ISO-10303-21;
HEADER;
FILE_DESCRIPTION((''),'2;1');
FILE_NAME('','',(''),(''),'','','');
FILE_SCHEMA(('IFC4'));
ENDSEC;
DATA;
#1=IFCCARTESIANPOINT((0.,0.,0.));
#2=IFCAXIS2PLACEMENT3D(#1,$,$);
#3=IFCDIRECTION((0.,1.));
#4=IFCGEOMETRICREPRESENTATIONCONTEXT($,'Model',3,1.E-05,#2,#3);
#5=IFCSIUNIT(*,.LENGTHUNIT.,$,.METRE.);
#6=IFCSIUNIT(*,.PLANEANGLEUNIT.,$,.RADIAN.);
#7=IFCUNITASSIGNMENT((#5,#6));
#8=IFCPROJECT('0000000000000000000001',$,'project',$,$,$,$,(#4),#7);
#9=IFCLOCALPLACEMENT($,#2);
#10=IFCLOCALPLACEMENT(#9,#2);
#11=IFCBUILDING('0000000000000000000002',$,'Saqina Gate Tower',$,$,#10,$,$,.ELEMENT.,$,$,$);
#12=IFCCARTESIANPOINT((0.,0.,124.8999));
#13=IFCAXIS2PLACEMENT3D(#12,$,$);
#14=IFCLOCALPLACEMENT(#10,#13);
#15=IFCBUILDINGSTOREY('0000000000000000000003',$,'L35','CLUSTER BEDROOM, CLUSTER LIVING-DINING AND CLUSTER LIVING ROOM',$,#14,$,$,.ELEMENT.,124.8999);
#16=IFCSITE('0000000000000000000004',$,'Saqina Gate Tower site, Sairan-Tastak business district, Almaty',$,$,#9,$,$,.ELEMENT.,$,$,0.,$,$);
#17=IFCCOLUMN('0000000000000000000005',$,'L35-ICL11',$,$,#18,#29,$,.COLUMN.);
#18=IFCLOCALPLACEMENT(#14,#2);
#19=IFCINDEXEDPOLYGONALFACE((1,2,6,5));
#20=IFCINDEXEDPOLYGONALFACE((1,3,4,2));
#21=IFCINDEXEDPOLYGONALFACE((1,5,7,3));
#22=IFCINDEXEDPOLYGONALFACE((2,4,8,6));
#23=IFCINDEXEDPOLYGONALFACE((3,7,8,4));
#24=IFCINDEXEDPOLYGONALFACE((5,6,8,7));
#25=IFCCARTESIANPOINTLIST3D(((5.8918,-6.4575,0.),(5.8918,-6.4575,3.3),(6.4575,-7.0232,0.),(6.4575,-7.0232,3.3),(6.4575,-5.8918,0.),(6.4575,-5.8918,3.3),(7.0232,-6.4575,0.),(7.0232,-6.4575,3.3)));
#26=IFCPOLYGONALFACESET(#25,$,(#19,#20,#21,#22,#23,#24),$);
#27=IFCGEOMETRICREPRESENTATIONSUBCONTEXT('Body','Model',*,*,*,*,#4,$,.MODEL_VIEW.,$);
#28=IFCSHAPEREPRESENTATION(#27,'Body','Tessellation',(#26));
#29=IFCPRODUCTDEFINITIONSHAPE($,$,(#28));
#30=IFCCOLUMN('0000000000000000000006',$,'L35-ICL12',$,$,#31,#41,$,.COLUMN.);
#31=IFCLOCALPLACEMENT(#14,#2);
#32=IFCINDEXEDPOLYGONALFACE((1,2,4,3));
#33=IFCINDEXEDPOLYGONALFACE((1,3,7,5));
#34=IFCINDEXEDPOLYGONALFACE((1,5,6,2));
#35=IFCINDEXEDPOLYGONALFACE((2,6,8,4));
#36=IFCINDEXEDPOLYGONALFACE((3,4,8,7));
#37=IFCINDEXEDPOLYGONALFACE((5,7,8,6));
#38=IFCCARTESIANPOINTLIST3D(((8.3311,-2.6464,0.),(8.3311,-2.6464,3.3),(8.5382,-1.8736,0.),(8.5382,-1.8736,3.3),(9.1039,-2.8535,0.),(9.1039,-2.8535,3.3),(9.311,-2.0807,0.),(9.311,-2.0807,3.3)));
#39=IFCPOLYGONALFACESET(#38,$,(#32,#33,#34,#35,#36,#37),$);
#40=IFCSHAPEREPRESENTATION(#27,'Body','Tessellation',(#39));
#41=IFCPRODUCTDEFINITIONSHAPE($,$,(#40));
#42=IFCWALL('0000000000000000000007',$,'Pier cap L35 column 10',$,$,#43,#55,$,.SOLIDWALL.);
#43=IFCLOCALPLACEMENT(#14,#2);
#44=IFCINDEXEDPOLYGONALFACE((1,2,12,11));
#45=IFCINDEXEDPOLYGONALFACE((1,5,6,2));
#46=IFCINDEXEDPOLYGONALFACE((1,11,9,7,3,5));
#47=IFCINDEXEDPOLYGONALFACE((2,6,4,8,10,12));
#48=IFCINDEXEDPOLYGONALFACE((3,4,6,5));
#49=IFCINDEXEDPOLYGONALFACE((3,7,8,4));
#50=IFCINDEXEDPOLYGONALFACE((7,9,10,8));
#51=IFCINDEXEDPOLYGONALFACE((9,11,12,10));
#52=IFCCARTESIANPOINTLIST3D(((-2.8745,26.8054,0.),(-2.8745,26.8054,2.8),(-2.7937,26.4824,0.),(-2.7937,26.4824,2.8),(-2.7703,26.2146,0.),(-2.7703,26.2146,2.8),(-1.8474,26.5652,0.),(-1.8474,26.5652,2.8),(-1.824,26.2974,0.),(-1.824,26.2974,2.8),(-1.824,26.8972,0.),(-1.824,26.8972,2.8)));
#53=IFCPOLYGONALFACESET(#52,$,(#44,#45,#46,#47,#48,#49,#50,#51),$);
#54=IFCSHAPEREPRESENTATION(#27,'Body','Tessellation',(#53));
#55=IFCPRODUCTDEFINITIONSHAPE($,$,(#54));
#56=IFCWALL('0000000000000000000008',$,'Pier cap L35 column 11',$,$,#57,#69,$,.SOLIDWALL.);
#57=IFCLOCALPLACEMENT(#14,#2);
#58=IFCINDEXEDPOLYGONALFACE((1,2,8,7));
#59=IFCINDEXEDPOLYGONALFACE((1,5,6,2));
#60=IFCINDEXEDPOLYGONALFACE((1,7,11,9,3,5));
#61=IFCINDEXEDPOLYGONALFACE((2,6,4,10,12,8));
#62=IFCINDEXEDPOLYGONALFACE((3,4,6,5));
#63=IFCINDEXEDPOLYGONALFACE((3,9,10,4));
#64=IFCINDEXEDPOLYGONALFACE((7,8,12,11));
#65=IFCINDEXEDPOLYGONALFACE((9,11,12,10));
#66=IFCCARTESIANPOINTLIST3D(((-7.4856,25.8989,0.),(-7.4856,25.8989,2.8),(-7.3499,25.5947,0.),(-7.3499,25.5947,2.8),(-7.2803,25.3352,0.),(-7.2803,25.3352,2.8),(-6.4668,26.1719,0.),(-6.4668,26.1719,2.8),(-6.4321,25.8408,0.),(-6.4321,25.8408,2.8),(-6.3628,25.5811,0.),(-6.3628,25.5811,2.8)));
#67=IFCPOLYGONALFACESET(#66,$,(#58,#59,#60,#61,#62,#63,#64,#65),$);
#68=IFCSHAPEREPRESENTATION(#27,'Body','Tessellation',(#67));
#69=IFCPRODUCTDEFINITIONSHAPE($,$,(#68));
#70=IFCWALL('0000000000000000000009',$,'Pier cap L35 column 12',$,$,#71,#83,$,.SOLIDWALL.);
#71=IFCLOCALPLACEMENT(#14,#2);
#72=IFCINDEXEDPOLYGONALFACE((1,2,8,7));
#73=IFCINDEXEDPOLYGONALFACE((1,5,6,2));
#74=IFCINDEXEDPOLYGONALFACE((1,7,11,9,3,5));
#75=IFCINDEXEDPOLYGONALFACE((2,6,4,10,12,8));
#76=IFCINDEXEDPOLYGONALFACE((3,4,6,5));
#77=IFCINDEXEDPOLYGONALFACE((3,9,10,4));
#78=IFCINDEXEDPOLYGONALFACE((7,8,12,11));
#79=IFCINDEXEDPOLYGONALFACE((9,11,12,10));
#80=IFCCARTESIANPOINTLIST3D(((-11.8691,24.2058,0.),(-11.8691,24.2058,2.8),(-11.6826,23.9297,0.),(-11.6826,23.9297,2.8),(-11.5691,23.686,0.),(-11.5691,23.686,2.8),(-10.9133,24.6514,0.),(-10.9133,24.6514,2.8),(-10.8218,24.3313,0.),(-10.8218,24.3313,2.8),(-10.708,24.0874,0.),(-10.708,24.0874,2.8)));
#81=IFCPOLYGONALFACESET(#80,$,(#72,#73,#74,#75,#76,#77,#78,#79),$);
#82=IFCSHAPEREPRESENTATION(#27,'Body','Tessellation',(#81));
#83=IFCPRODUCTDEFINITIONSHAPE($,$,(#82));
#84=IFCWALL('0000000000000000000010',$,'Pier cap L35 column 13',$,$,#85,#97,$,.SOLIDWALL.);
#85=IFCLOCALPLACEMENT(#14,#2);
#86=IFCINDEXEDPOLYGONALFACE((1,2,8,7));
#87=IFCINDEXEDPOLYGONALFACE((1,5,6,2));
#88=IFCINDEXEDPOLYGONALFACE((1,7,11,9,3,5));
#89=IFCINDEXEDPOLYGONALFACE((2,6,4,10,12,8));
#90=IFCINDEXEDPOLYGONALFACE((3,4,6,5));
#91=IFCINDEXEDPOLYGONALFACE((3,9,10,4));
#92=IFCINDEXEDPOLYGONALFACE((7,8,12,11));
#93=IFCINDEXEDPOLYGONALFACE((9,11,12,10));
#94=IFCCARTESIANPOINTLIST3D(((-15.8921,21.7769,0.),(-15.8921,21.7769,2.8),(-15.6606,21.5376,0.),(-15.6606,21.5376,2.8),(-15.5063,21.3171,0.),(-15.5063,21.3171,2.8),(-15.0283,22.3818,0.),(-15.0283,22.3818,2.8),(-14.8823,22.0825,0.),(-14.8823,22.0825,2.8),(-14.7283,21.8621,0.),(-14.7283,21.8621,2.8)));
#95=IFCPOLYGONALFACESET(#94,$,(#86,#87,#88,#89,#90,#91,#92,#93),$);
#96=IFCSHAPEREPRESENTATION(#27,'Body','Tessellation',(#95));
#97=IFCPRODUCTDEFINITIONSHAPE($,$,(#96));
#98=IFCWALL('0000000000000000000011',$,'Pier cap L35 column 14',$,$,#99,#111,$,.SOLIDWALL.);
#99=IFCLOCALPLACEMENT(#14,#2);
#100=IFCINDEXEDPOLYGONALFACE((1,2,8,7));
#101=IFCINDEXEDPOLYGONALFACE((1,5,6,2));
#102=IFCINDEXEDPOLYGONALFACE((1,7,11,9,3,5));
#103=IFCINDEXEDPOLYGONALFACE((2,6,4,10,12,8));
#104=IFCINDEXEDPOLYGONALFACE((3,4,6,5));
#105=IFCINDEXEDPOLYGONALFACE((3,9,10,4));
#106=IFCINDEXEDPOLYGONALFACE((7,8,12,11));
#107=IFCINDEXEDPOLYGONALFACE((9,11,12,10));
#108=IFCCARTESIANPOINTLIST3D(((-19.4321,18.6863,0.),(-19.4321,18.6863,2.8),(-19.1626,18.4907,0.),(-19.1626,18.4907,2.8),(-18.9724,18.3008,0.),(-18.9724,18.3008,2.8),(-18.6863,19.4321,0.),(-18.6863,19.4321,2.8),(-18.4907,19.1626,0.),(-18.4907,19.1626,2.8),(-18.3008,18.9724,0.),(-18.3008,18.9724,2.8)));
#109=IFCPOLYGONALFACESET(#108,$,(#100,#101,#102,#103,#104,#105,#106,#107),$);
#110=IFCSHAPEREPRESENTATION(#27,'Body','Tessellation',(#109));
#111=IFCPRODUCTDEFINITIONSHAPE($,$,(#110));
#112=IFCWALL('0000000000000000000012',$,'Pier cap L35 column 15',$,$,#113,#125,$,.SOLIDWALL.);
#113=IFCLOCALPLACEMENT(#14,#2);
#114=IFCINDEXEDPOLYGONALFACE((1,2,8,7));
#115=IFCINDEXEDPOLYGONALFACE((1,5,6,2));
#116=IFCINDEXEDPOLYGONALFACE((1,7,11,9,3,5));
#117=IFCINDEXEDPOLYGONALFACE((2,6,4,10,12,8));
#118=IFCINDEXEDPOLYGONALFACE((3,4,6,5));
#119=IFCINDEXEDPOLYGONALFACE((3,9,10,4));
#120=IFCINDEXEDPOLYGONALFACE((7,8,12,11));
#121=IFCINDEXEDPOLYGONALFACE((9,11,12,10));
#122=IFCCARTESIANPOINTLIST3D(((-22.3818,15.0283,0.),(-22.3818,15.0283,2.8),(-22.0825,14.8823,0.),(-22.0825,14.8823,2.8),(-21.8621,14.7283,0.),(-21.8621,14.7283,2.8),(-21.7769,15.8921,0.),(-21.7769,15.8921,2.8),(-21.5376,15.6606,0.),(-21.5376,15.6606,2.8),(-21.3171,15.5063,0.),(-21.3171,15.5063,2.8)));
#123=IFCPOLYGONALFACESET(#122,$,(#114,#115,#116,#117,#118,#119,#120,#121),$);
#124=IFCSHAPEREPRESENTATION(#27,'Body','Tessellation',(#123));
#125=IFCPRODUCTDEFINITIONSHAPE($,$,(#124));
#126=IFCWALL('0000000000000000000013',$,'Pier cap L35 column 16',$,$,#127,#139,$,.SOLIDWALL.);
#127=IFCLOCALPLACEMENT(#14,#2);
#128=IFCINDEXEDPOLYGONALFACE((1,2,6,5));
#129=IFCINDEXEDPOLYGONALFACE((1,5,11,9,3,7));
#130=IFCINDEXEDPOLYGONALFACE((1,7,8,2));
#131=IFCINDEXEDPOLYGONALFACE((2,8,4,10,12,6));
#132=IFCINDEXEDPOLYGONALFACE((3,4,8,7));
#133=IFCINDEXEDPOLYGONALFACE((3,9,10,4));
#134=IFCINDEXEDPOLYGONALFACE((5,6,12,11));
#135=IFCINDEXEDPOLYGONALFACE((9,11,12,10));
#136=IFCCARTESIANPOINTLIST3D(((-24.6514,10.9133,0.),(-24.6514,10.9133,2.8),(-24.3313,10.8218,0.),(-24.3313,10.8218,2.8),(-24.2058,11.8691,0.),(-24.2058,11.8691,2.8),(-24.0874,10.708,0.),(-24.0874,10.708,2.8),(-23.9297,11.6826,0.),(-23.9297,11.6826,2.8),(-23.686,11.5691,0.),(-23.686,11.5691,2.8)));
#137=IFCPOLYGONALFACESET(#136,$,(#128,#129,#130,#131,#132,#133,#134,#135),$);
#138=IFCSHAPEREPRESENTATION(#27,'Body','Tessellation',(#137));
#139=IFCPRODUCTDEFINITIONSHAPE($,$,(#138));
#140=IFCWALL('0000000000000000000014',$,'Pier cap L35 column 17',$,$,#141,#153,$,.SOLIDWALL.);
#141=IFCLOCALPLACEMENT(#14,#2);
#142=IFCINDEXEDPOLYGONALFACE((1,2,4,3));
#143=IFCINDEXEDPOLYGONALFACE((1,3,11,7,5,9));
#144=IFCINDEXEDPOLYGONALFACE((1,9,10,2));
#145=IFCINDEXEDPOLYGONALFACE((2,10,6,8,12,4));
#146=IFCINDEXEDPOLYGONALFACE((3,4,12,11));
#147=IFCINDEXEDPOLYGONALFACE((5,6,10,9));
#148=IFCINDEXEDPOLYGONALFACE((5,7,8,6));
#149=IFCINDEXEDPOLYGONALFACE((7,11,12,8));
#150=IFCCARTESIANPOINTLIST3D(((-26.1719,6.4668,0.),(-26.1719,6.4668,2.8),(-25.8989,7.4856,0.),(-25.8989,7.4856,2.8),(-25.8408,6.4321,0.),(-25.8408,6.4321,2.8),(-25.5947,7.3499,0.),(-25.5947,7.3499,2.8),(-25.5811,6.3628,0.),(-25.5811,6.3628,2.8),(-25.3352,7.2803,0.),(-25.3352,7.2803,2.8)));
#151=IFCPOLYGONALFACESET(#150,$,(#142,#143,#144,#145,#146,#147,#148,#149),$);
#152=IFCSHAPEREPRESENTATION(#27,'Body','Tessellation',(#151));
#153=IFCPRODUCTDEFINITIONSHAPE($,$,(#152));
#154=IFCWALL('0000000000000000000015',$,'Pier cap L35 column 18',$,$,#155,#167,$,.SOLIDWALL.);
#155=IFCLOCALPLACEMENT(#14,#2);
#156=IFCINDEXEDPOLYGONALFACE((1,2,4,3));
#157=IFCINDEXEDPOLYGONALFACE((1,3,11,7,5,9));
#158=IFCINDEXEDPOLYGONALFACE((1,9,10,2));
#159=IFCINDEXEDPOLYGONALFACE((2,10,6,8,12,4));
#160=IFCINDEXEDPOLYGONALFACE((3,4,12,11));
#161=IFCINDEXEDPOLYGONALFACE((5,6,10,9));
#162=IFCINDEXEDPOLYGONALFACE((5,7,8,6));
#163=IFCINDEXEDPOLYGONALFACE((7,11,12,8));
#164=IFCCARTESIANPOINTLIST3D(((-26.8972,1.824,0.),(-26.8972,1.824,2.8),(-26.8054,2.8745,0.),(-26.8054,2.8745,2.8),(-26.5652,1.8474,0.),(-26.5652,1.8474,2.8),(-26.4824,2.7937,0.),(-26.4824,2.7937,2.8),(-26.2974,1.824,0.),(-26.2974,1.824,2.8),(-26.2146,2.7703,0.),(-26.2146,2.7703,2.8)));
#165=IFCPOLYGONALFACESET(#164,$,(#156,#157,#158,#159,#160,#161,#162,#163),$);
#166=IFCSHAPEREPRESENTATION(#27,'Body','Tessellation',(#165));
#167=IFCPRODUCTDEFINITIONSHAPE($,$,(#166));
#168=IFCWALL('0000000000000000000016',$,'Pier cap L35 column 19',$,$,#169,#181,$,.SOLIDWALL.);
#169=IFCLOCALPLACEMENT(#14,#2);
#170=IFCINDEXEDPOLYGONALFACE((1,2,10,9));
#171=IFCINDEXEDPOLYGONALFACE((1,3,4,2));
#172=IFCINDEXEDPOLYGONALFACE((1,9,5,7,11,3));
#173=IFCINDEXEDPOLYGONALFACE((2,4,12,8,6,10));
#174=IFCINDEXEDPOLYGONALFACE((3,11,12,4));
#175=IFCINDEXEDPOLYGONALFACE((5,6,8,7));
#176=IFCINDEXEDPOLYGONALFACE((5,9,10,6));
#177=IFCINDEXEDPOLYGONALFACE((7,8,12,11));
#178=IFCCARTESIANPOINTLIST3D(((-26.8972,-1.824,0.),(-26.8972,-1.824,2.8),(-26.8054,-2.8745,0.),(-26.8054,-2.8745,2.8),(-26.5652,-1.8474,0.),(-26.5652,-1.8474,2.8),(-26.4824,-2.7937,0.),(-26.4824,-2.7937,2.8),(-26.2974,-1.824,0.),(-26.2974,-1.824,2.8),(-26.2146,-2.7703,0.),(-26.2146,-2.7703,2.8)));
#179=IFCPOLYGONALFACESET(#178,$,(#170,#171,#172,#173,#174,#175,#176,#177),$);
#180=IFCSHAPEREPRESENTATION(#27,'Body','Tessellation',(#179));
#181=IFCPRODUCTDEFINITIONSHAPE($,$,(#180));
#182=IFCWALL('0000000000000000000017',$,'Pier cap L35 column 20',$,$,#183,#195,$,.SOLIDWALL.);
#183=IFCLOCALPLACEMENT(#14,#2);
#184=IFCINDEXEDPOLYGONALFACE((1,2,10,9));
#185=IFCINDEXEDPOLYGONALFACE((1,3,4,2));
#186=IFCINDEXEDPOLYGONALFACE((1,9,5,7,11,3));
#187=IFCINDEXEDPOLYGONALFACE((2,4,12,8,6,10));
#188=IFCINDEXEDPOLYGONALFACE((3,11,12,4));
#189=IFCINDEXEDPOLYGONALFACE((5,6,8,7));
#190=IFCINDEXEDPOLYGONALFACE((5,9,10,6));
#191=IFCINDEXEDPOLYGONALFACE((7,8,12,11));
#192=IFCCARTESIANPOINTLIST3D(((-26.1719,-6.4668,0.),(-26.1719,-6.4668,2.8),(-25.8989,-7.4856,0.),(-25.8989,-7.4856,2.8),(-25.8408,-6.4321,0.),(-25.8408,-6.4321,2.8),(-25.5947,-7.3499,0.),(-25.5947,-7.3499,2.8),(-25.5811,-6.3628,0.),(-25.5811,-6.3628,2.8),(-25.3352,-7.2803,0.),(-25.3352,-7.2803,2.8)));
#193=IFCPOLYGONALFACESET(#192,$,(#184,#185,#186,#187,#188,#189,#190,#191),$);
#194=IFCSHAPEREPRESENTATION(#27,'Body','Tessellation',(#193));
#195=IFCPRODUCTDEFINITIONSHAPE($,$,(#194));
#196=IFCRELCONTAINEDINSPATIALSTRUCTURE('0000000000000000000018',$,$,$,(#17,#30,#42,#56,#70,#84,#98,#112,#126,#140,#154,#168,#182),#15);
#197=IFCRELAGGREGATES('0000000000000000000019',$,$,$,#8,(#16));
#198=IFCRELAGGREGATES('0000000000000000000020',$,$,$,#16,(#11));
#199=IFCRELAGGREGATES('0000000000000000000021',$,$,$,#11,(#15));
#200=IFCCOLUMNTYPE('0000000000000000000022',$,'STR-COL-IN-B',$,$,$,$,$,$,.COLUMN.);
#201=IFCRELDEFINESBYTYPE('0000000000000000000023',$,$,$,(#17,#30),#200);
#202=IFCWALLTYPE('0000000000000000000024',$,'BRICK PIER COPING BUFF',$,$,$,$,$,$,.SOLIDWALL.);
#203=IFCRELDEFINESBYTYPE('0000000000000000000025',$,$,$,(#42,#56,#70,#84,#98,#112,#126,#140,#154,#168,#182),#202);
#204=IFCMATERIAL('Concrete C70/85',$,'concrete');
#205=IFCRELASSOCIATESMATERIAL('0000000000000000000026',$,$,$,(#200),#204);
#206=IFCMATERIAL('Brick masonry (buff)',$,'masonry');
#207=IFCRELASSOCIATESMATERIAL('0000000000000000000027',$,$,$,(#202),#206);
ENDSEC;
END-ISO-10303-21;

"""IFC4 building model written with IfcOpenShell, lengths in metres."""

from ifc_helpers import new_model, si_unit, direction, frame, origin, origin_2d, place, context, subcontext, project, spatial, polyline, rectangle, outline, extrude, material, material_profile, profile_set, type_object, element, save


model = new_model("IFC4")

# Units and contexts
model_context = context("Model", 3, precision=1e-05, world=origin(), true_north=direction((0.0, 1.0)))
body_context = subcontext(model_context, "Body", "Model", "MODEL_VIEW")
ifc_project = project(units=[si_unit("LENGTHUNIT", "METRE"), si_unit("PLANEANGLEUNIT", "RADIAN")], contexts=[model_context])

# Site, building, storey
site_placement = place(None, origin())
site = spatial("IfcSite", under=ifc_project, at=site_placement, Name="Saqina Gate Tower site, Sairan-Tastak business district, Almaty", CompositionType="ELEMENT", RefElevation=0.0)
building_placement = place(site_placement, origin())
building = spatial("IfcBuilding", under=site, at=building_placement, Name="Saqina Gate Tower", CompositionType="ELEMENT")
storey_placement = place(building_placement, frame((0.0, 0.0, 124.8999)))
storey = spatial("IfcBuildingStorey", under=building, at=storey_placement, Name="L35", Description="CLUSTER BEDROOM, CLUSTER LIVING-DINING AND CLUSTER LIVING ROOM", CompositionType="ELEMENT", Elevation=124.8999)

# Columns
ifc_material_1 = material(Name="Concrete C70/85", Category="concrete")
ifc_material_profile = material_profile(ifc_material_1, rectangle(XDim=0.8, YDim=0.8, at=origin_2d()), Name="RC 800x800")
ifc_profile_set = profile_set([ifc_material_profile], Name="Concrete C70/85")
column_type = type_object("IfcColumnType", Name="STR-COL-IN-B", PredefinedType="COLUMN", material=ifc_profile_set)
for number, where, z_axis, x_axis, name in (
    (1, (6.4575, -6.4575, 0.0), (0.0, 0.0, 1.0), (0.707107, -0.707107, 0.0), "L35-ICL11"),
    (2, (8.821, -2.3635, 0.0), (0.0, 0.0, 1.0), (0.965926, -0.258819, 0.0), "L35-ICL12"),
):
    element("IfcColumn", number, at=place(storey_placement, frame(where, z_axis=z_axis, x_axis=x_axis)), inside=storey, type_object=column_type, Name=name, PredefinedType="COLUMN", context=body_context, shape_type="SweptSolid", body=[
        extrude(rectangle(XDim=0.8, YDim=0.8, at=origin_2d()), origin(), (0.0, 0.0, 1.0), 3.3),
    ])

# Walls
ifc_material_2 = material(Name="Brick masonry (buff)", Category="masonry")
wall_type_1 = type_object("IfcWallType", Name="BRICK PIER COPING BUFF", PredefinedType="SOLIDWALL", material=ifc_material_2)
wall_1_placement = place(storey_placement, origin())
element("IfcWall", 3, at=wall_1_placement, inside=storey, type_object=wall_type_1, Name="Pier cap L35 column 10", PredefinedType="SOLIDWALL", context=body_context, shape_type="SweptSolid", body=[
    extrude(outline(polyline([(-2.8745, 26.8054), (-2.7703, 26.2146), (-2.7937, 26.4824), (-1.8474, 26.5652), (-1.824, 26.2974), (-1.824, 26.8972), (-2.8745, 26.8054)])), origin(), (0.0, 0.0, 1.0), 2.8),
])
wall_2_placement = place(storey_placement, origin())
element("IfcWall", 4, at=wall_2_placement, inside=storey, type_object=wall_type_1, Name="Pier cap L35 column 11", PredefinedType="SOLIDWALL", context=body_context, shape_type="SweptSolid", body=[
    extrude(outline(polyline([(-6.4668, 26.1719), (-7.4856, 25.8989), (-7.2803, 25.3352), (-7.3499, 25.5947), (-6.4321, 25.8408), (-6.3628, 25.5811), (-6.4668, 26.1719)])), origin(), (0.0, 0.0, 1.0), 2.8),
])
wall_3_placement = place(storey_placement, origin())
element("IfcWall", 5, at=wall_3_placement, inside=storey, type_object=wall_type_1, Name="Pier cap L35 column 12", PredefinedType="SOLIDWALL", context=body_context, shape_type="SweptSolid", body=[
    extrude(outline(polyline([(-10.9133, 24.6514), (-11.8691, 24.2058), (-11.5691, 23.686), (-11.6826, 23.9297), (-10.8218, 24.3313), (-10.708, 24.0874), (-10.9133, 24.6514)])), origin(), (0.0, 0.0, 1.0), 2.8),
])
wall_4_placement = place(storey_placement, origin())
element("IfcWall", 6, at=wall_4_placement, inside=storey, type_object=wall_type_1, Name="Pier cap L35 column 13", PredefinedType="SOLIDWALL", context=body_context, shape_type="SweptSolid", body=[
    extrude(outline(polyline([(-15.8921, 21.7769), (-15.5063, 21.3171), (-15.6606, 21.5376), (-14.8823, 22.0825), (-14.7283, 21.8621), (-15.0283, 22.3818), (-15.8921, 21.7769)])), origin(), (0.0, 0.0, 1.0), 2.8),
])
wall_5_placement = place(storey_placement, origin())
element("IfcWall", 7, at=wall_5_placement, inside=storey, type_object=wall_type_1, Name="Pier cap L35 column 14", PredefinedType="SOLIDWALL", context=body_context, shape_type="SweptSolid", body=[
    extrude(outline(polyline([(-18.6863, 19.4321), (-19.4321, 18.6863), (-18.9724, 18.3008), (-19.1626, 18.4907), (-18.4907, 19.1626), (-18.3008, 18.9724), (-18.6863, 19.4321)])), origin(), (0.0, 0.0, 1.0), 2.8),
])
wall_6_placement = place(storey_placement, origin())
element("IfcWall", 8, at=wall_6_placement, inside=storey, type_object=wall_type_1, Name="Pier cap L35 column 15", PredefinedType="SOLIDWALL", context=body_context, shape_type="SweptSolid", body=[
    extrude(outline(polyline([(-22.3818, 15.0283), (-21.8621, 14.7283), (-22.0825, 14.8823), (-21.5376, 15.6606), (-21.3171, 15.5063), (-21.7769, 15.8921), (-22.3818, 15.0283)])), origin(), (0.0, 0.0, 1.0), 2.8),
])
wall_7_placement = place(storey_placement, origin())
element("IfcWall", 9, at=wall_7_placement, inside=storey, type_object=wall_type_1, Name="Pier cap L35 column 16", PredefinedType="SOLIDWALL", context=body_context, shape_type="SweptSolid", body=[
    extrude(outline(polyline([(-24.6514, 10.9133), (-24.0874, 10.708), (-24.3313, 10.8218), (-23.9297, 11.6826), (-23.686, 11.5691), (-24.2058, 11.8691), (-24.6514, 10.9133)])), origin(), (0.0, 0.0, 1.0), 2.8),
])
wall_8_placement = place(storey_placement, origin())
element("IfcWall", 10, at=wall_8_placement, inside=storey, type_object=wall_type_1, Name="Pier cap L35 column 17", PredefinedType="SOLIDWALL", context=body_context, shape_type="SweptSolid", body=[
    extrude(outline(polyline([(-25.8989, 7.4856), (-26.1719, 6.4668), (-25.5811, 6.3628), (-25.8408, 6.4321), (-25.5947, 7.3499), (-25.3352, 7.2803), (-25.8989, 7.4856)])), origin(), (0.0, 0.0, 1.0), 2.8),
])
wall_9_placement = place(storey_placement, origin())
element("IfcWall", 11, at=wall_9_placement, inside=storey, type_object=wall_type_1, Name="Pier cap L35 column 18", PredefinedType="SOLIDWALL", context=body_context, shape_type="SweptSolid", body=[
    extrude(outline(polyline([(-26.8054, 2.8745), (-26.8972, 1.824), (-26.2974, 1.824), (-26.5652, 1.8474), (-26.4824, 2.7937), (-26.2146, 2.7703), (-26.8054, 2.8745)])), origin(), (0.0, 0.0, 1.0), 2.8),
])
wall_10_placement = place(storey_placement, origin())
element("IfcWall", 12, at=wall_10_placement, inside=storey, type_object=wall_type_1, Name="Pier cap L35 column 19", PredefinedType="SOLIDWALL", context=body_context, shape_type="SweptSolid", body=[
    extrude(outline(polyline([(-26.8054, -2.8745), (-26.2146, -2.7703), (-26.4824, -2.7937), (-26.5652, -1.8474), (-26.2974, -1.824), (-26.8972, -1.824), (-26.8054, -2.8745)])), origin(), (0.0, 0.0, 1.0), 2.8),
])
wall_11_placement = place(storey_placement, origin())
element("IfcWall", 13, at=wall_11_placement, inside=storey, type_object=wall_type_1, Name="Pier cap L35 column 20", PredefinedType="SOLIDWALL", context=body_context, shape_type="SweptSolid", body=[
    extrude(outline(polyline([(-26.1719, -6.4668), (-25.8989, -7.4856), (-25.3352, -7.2803), (-25.5947, -7.3499), (-25.8408, -6.4321), (-25.5811, -6.3628), (-26.1719, -6.4668)])), origin(), (0.0, 0.0, 1.0), 2.8),
])

save(model, "model.ifc")
